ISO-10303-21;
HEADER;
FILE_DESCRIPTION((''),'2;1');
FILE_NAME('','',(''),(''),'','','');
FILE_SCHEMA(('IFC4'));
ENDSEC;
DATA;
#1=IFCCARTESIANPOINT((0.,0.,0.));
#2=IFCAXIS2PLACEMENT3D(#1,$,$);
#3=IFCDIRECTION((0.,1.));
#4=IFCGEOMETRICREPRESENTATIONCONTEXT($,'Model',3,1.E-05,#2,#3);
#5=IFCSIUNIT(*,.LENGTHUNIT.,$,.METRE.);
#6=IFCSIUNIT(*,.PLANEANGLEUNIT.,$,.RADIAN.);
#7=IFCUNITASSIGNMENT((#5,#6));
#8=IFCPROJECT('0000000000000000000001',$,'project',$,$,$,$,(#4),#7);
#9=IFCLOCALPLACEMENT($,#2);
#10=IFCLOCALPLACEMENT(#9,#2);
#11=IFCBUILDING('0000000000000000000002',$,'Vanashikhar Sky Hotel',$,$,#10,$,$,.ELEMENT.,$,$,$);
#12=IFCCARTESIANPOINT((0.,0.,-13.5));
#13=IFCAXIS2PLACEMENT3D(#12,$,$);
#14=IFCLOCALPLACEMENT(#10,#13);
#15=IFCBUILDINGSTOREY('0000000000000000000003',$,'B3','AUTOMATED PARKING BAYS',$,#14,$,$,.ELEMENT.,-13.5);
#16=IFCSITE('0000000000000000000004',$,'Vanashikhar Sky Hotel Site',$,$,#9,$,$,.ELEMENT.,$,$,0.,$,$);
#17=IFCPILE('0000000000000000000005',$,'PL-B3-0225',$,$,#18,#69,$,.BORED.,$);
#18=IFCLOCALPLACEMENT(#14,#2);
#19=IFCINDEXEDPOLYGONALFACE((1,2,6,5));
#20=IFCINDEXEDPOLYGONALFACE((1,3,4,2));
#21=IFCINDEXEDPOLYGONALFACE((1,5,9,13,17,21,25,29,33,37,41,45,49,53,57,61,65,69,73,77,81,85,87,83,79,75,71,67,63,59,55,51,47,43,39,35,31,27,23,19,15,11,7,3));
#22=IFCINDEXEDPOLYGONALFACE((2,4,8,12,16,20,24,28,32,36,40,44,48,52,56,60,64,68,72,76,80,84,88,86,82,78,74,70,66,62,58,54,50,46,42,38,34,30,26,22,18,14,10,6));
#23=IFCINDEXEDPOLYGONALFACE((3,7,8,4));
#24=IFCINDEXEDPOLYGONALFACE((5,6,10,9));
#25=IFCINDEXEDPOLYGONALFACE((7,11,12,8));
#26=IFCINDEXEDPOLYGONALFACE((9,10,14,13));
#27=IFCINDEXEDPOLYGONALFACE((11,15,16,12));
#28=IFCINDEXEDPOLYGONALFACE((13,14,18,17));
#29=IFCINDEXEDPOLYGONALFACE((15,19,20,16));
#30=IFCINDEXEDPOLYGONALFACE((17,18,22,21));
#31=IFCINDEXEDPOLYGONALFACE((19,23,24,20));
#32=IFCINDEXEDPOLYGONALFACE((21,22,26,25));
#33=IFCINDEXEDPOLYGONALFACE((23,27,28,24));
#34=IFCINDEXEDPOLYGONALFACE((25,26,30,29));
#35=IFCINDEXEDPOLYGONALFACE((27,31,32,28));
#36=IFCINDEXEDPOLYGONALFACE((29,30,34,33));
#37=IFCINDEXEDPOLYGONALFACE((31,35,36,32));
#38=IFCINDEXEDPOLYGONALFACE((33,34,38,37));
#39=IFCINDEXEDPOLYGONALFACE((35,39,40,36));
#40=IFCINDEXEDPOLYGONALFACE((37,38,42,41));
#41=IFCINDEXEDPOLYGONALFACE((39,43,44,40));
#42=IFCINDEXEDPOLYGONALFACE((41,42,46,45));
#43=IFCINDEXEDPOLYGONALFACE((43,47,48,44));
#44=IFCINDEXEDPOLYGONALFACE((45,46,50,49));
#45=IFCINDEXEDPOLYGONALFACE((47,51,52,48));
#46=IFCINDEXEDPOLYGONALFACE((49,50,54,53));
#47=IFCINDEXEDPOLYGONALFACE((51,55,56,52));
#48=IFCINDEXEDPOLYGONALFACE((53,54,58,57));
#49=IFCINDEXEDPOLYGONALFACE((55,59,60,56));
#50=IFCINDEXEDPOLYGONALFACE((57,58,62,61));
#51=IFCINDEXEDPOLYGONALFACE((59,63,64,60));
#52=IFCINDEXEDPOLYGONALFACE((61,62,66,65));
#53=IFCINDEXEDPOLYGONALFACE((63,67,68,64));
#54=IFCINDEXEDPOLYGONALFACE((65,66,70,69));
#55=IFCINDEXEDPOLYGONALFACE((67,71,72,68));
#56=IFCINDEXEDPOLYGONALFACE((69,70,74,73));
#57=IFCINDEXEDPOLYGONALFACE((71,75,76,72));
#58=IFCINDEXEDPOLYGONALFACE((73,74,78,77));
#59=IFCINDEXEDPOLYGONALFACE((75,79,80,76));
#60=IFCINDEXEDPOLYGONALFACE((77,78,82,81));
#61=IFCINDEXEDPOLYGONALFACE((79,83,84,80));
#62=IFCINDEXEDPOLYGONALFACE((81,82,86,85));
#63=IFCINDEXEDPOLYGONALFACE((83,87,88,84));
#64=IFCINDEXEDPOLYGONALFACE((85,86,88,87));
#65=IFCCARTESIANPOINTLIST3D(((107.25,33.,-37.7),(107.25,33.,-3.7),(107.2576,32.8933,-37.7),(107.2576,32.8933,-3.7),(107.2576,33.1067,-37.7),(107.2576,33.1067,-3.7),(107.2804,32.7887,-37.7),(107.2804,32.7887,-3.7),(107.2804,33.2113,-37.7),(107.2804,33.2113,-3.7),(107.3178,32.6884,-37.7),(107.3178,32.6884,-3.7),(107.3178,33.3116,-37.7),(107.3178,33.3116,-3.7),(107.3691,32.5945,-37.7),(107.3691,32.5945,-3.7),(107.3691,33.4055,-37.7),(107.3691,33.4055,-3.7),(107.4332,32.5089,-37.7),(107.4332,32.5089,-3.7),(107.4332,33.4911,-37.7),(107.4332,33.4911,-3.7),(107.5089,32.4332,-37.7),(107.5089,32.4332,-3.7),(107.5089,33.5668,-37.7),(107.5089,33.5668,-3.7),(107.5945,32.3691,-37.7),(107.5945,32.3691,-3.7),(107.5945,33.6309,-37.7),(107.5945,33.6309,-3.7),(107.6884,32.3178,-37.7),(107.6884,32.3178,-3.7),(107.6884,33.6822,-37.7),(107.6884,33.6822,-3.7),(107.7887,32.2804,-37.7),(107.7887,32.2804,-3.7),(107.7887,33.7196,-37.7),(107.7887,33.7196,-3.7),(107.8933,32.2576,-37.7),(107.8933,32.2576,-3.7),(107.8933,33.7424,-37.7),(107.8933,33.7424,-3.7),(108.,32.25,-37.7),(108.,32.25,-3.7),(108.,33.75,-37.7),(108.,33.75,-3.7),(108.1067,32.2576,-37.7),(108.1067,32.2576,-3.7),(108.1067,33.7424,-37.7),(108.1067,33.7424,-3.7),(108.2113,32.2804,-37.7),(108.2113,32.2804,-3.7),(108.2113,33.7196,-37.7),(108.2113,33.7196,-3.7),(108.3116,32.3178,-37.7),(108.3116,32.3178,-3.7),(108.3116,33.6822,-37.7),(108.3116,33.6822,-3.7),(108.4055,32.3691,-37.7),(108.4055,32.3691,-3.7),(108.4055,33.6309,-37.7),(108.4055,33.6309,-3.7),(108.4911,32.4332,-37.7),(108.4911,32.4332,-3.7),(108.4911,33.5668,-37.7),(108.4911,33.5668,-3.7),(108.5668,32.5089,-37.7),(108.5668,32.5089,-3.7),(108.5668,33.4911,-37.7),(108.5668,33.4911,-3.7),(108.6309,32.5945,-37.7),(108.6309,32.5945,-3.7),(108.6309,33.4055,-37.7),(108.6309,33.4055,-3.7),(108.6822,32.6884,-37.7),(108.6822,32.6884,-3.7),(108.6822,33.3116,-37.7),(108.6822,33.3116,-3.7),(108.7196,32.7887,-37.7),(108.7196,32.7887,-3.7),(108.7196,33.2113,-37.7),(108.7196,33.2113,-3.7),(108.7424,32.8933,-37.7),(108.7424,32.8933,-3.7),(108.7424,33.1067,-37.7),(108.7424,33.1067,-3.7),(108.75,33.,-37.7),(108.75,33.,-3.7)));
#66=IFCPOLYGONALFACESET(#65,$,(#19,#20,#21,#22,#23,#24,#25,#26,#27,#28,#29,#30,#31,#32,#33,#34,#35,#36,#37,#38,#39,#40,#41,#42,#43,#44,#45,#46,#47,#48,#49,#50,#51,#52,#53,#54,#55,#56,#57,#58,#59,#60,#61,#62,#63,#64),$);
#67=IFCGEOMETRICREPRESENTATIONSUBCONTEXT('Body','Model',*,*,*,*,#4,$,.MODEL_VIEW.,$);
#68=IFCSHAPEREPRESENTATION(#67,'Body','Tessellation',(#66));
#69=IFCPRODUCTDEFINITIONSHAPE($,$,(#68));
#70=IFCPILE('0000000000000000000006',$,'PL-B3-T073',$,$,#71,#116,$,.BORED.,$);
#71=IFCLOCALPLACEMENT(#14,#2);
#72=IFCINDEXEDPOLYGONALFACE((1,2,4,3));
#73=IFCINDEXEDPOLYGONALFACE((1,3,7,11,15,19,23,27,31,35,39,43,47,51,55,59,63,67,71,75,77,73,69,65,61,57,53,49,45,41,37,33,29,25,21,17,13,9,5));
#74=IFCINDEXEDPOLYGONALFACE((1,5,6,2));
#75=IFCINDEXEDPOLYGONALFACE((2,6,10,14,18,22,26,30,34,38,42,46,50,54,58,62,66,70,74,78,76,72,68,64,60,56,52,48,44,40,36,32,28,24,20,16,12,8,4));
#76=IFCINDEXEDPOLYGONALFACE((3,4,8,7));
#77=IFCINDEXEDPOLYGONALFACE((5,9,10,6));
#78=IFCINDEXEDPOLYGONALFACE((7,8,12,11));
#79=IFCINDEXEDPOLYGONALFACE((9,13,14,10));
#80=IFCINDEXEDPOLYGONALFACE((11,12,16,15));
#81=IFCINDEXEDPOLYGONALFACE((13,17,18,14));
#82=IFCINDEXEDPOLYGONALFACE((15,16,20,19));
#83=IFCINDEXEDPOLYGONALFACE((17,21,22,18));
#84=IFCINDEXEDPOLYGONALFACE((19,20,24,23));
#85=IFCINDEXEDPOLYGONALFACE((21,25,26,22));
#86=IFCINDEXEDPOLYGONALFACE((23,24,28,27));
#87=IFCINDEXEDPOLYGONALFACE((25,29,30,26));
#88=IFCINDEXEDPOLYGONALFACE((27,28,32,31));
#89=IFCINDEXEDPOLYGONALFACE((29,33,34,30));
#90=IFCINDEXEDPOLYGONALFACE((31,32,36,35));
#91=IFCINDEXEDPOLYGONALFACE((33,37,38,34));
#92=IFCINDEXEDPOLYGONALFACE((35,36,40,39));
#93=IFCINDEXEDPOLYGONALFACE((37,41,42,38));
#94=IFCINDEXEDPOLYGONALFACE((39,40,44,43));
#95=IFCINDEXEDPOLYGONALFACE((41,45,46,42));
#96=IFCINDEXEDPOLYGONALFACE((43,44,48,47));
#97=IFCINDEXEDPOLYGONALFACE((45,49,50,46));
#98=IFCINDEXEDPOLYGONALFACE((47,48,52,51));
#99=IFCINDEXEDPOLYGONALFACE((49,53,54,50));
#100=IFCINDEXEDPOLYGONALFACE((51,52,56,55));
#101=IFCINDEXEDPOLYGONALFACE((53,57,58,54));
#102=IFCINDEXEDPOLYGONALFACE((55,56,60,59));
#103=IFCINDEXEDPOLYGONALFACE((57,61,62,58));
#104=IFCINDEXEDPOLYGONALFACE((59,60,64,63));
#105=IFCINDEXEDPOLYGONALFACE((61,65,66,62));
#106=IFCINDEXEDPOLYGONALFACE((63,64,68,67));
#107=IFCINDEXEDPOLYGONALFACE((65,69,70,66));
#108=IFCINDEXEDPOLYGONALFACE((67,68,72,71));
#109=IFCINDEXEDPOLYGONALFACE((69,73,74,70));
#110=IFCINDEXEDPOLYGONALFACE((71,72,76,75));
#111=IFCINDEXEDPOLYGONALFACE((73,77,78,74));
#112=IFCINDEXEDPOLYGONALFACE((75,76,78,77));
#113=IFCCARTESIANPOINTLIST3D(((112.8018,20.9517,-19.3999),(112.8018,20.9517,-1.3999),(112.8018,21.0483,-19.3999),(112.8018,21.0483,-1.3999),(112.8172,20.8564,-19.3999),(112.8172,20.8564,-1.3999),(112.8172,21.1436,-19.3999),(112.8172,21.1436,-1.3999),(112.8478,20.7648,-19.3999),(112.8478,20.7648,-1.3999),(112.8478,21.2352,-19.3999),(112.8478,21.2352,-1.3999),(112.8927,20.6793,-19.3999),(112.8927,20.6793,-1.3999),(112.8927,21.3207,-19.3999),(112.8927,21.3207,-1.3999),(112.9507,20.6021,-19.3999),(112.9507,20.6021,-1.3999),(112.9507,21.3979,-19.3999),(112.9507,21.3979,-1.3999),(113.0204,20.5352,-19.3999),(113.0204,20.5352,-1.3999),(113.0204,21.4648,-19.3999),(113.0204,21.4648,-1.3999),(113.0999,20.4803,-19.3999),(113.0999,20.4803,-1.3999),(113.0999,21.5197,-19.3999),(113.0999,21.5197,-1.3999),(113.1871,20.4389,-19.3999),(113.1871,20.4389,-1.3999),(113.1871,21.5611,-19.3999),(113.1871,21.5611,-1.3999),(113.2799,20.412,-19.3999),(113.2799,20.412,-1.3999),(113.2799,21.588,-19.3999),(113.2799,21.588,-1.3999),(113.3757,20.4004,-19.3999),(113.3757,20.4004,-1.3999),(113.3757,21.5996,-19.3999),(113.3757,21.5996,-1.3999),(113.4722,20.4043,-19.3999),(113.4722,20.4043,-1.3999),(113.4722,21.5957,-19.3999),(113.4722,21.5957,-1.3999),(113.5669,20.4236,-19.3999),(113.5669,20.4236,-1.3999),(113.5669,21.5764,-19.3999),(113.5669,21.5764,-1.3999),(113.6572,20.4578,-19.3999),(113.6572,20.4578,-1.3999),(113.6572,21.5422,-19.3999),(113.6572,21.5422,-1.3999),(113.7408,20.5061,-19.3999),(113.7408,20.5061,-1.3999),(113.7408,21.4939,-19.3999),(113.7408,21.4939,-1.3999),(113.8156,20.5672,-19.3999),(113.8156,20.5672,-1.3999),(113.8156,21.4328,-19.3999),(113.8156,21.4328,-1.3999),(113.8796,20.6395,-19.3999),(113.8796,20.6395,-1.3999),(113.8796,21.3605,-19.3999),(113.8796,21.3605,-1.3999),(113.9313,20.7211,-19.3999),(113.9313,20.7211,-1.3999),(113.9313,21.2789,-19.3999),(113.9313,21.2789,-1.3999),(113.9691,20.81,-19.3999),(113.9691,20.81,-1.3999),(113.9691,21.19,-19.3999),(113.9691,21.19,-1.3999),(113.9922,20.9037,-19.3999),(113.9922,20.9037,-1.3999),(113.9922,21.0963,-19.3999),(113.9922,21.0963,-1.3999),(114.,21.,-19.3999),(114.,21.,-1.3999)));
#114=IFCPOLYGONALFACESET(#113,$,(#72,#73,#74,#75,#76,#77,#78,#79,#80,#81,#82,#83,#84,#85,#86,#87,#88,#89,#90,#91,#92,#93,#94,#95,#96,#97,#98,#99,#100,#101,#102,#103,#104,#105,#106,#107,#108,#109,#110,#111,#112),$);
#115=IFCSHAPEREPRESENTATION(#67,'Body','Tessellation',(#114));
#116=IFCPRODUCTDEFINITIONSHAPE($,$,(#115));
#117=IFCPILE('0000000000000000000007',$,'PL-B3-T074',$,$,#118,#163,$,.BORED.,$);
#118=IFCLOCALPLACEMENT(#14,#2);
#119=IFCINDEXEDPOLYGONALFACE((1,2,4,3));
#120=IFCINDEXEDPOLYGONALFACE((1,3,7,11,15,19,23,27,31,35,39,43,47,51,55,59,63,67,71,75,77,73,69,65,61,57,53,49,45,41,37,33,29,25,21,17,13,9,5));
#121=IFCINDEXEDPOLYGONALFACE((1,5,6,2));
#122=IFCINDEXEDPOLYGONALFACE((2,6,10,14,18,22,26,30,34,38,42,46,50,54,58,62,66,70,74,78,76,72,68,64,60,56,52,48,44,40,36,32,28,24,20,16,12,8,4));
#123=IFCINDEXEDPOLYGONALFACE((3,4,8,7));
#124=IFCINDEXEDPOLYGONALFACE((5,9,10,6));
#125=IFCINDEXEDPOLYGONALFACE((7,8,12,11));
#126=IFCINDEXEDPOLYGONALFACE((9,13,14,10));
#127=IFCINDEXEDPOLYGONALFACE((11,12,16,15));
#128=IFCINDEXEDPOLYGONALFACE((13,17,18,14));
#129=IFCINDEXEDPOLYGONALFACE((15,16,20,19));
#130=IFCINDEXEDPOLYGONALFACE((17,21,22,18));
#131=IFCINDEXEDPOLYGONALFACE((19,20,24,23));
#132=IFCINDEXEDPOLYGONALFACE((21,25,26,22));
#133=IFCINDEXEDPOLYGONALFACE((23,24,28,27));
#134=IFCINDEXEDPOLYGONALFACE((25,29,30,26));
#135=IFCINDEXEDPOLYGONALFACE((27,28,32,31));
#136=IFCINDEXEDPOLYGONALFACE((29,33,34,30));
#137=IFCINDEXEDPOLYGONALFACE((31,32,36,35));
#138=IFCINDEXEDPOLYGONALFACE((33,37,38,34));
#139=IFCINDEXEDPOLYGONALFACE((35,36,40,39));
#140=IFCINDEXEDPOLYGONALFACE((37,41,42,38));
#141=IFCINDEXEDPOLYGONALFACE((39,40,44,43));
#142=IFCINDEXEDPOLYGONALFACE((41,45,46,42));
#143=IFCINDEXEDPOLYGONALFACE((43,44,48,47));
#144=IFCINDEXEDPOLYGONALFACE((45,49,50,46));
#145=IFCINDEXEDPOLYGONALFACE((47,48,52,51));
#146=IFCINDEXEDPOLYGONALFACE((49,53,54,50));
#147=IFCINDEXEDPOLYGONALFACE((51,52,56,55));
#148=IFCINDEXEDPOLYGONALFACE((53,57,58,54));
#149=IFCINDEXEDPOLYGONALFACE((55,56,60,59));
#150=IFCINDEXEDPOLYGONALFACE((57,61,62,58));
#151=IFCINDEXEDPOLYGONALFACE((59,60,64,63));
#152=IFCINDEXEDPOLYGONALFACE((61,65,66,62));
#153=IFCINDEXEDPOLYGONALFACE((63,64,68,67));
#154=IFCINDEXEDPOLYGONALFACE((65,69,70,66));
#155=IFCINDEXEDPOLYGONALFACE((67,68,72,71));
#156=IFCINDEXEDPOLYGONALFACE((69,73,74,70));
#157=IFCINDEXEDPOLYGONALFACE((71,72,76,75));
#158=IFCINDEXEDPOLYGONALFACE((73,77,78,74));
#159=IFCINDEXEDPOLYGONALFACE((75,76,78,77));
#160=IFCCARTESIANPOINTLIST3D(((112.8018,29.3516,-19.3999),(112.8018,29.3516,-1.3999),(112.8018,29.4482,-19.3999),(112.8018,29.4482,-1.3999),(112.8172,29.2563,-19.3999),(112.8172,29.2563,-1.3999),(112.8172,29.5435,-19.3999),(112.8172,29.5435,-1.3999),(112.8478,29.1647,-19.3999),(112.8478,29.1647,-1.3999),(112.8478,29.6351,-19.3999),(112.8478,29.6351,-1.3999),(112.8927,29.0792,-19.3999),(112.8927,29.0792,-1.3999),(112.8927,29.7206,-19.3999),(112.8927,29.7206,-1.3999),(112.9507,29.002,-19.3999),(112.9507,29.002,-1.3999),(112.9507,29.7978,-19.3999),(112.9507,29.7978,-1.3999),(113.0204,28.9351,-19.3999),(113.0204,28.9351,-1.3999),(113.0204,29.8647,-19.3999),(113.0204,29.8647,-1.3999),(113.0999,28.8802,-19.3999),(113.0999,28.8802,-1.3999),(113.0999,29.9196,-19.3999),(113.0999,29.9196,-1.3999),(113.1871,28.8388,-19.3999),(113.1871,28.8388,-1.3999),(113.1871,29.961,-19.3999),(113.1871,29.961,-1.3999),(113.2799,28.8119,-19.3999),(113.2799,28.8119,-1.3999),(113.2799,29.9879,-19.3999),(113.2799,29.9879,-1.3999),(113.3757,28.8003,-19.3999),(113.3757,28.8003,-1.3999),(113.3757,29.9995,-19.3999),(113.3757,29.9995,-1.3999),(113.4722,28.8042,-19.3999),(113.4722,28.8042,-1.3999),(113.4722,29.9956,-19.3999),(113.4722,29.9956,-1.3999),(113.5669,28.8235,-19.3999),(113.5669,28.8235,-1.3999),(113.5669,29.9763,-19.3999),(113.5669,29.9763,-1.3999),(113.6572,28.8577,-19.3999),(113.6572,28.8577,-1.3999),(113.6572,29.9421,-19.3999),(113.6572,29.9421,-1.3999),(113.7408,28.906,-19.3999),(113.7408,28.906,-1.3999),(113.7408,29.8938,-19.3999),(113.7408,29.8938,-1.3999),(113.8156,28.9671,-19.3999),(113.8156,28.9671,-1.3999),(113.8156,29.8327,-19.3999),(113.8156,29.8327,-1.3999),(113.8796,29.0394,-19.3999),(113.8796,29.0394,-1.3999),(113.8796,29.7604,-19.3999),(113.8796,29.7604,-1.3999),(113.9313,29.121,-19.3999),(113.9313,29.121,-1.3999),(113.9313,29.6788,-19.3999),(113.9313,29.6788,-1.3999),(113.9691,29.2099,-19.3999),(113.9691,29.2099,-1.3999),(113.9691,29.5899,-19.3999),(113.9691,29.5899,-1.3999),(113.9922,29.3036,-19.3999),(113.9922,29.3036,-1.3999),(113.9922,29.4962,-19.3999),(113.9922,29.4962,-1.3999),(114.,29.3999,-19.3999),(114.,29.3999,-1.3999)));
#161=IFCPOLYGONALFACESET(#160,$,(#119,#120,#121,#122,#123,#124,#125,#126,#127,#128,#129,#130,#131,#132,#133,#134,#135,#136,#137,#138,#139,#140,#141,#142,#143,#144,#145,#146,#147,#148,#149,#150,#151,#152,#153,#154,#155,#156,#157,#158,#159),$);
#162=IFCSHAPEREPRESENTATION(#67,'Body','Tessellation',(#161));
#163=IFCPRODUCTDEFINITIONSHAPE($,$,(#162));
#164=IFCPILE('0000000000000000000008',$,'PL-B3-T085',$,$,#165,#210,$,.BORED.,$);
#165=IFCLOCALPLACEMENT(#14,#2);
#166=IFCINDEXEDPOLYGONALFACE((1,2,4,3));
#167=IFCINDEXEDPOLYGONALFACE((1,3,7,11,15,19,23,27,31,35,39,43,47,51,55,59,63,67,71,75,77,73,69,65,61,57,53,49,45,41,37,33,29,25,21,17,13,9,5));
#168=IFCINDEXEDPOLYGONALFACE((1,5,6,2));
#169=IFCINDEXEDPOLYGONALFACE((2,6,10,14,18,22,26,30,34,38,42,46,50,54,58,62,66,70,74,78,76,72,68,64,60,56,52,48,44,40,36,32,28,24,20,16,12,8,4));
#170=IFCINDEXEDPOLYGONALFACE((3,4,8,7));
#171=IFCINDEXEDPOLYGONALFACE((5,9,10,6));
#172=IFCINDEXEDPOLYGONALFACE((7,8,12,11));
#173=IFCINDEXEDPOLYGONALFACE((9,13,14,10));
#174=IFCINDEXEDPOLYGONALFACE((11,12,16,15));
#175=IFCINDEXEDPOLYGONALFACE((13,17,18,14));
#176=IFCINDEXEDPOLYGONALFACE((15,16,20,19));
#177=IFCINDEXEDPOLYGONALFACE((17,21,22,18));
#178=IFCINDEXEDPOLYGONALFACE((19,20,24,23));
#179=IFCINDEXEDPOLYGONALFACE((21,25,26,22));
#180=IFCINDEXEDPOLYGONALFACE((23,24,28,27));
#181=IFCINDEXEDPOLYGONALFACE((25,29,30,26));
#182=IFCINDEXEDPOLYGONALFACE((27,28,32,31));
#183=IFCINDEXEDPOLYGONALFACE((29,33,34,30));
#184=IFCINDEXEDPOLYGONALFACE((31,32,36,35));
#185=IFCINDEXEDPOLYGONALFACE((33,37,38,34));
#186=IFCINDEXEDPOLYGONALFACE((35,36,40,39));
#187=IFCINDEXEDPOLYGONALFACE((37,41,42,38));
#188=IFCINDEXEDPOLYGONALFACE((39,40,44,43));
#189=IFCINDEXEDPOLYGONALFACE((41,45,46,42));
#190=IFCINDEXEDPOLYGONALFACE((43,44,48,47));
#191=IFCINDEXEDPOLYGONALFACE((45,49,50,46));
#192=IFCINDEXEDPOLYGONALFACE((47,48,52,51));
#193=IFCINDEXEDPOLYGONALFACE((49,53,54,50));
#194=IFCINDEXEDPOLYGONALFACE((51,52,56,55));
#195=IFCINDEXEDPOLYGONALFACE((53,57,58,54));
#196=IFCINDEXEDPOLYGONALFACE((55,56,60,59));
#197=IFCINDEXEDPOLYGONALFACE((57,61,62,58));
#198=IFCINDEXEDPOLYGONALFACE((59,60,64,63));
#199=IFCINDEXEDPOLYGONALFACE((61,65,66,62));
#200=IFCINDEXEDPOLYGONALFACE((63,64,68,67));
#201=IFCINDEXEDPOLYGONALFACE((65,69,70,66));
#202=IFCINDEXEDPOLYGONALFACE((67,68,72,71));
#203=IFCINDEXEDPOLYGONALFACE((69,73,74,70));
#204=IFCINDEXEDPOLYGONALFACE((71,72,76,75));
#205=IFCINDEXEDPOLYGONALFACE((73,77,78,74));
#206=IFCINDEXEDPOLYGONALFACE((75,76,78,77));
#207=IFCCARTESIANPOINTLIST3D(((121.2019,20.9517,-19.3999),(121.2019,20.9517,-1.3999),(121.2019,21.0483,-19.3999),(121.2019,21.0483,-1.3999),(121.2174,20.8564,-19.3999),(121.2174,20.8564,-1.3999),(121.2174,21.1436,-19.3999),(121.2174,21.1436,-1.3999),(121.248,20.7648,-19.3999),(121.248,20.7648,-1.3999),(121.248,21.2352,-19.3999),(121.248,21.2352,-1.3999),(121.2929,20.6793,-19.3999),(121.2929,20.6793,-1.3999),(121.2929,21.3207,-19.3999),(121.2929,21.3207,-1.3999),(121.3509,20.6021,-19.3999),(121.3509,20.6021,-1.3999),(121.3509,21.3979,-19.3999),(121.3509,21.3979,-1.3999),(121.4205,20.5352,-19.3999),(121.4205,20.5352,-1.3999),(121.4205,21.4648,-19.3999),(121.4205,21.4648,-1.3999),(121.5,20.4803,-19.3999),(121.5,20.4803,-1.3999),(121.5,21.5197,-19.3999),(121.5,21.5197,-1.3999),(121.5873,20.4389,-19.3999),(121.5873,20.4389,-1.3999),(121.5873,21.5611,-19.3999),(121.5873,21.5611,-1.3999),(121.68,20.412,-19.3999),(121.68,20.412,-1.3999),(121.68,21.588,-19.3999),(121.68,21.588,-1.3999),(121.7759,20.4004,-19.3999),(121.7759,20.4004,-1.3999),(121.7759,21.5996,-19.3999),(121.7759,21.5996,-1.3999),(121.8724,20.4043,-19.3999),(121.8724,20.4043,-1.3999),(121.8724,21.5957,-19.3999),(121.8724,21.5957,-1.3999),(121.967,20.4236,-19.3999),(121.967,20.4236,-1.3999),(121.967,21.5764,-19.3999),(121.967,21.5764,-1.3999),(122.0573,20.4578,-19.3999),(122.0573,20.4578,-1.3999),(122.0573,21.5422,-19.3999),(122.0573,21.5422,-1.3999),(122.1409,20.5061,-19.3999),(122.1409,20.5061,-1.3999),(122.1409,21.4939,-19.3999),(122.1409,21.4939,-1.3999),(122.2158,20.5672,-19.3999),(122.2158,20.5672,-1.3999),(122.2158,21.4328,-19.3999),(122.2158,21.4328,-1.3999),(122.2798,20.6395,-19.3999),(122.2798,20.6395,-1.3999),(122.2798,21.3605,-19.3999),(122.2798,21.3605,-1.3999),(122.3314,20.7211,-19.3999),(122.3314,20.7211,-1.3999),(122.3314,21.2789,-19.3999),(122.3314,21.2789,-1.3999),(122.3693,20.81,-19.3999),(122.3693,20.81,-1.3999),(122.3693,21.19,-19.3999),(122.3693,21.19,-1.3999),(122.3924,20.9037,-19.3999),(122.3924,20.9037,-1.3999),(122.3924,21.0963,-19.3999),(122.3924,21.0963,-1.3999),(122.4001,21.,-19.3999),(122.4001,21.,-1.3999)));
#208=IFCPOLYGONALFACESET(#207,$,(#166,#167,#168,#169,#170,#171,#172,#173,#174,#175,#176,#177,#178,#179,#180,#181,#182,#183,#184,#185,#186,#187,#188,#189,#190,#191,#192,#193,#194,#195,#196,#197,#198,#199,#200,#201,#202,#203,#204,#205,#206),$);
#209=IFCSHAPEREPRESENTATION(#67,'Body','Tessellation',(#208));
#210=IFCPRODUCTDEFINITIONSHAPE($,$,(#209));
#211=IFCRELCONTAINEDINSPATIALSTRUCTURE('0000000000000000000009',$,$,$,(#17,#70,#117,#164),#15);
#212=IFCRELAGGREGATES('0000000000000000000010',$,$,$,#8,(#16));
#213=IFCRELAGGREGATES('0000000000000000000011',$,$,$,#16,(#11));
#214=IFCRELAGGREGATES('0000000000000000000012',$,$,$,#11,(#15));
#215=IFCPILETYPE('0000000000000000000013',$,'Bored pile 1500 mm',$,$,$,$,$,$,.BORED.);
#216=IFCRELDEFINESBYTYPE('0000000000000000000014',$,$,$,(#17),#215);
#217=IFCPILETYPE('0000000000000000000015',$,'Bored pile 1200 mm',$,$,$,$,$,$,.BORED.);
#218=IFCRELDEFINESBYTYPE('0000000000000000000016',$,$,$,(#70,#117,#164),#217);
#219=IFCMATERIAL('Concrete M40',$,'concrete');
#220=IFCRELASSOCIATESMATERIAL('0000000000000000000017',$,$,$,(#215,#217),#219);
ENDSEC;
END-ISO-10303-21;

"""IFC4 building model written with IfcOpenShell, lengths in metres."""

from ifc_helpers import new_model, si_unit, direction, frame, origin, origin_2d, place, context, subcontext, project, spatial, circle, extrude, source, transform, mapped, material, type_object, element, save


model = new_model("IFC4")

# Units and contexts
model_context = context("Model", 3, precision=1e-05, world=origin(), true_north=direction((0.0, 1.0)))
body_context = subcontext(model_context, "Body", "Model", "MODEL_VIEW")
ifc_project = project(units=[si_unit("LENGTHUNIT", "METRE"), si_unit("PLANEANGLEUNIT", "RADIAN")], contexts=[model_context])

# Site, building, storey
site_placement = place(None, origin())
site = spatial("IfcSite", under=ifc_project, at=site_placement, Name="Vanashikhar Sky Hotel Site", CompositionType="ELEMENT", RefElevation=0.0)
building_placement = place(site_placement, origin())
building = spatial("IfcBuilding", under=site, at=building_placement, Name="Vanashikhar Sky Hotel", CompositionType="ELEMENT")
storey_placement = place(building_placement, frame((0.0, 0.0, -13.5)))
storey = spatial("IfcBuildingStorey", under=building, at=storey_placement, Name="B3", Description="AUTOMATED PARKING BAYS", CompositionType="ELEMENT", Elevation=-13.5)

# Piles
ifc_material_1 = material(Name="Concrete M40", Category="concrete")
pile_type_1 = type_object("IfcPileType", Name="Bored pile 1500 mm", PredefinedType="BORED", material=ifc_material_1)
shared_shape_1 = source(origin(), body_context, "Body", "SweptSolid", [
    extrude(circle(Radius=0.75, at=origin_2d()), origin(), (0.0, 0.0, 1.0), 34.0),
])
for number, where, z_axis, x_axis, name in (
    (1, (108.0, 33.0, -3.7), (0.0, 0.0, -1.0), (1.0, 0.0, 0.0), "PL-B3-0225"),
):
    element("IfcPile", number, at=place(storey_placement, frame(where, z_axis=z_axis, x_axis=x_axis)), inside=storey, type_object=pile_type_1, Name=name, PredefinedType="BORED", context=body_context, shape_type="MappedRepresentation", body=[
        mapped(shared_shape_1, transform((0.0, 0.0, 0.0), scale=1.0)),
    ])
pile_type_2 = type_object("IfcPileType", Name="Bored pile 1200 mm", PredefinedType="BORED", material=ifc_material_1)
shared_shape_2 = source(origin(), body_context, "Body", "SweptSolid", [
    extrude(circle(Radius=0.6001, at=origin_2d()), origin(), (0.0, 0.0, 1.0), 18.0),
])
for number, where, z_axis, x_axis, name in (
    (2, (113.3999, 21.0, -1.3999), (0.0, 0.0, -1.0), (1.0, 0.0, 0.0), "PL-B3-T073"),
    (3, (113.3999, 29.3999, -1.3999), (0.0, 0.0, -1.0), (1.0, 0.0, 0.0), "PL-B3-T074"),
    (4, (121.8, 21.0, -1.3999), (0.0, 0.0, -1.0), (1.0, 0.0, 0.0), "PL-B3-T085"),
):
    element("IfcPile", number, at=place(storey_placement, frame(where, z_axis=z_axis, x_axis=x_axis)), inside=storey, type_object=pile_type_2, Name=name, PredefinedType="BORED", context=body_context, shape_type="MappedRepresentation", body=[
        mapped(shared_shape_2, transform((0.0, 0.0, 0.0), scale=1.0)),
    ])

save(model, "model.ifc")
